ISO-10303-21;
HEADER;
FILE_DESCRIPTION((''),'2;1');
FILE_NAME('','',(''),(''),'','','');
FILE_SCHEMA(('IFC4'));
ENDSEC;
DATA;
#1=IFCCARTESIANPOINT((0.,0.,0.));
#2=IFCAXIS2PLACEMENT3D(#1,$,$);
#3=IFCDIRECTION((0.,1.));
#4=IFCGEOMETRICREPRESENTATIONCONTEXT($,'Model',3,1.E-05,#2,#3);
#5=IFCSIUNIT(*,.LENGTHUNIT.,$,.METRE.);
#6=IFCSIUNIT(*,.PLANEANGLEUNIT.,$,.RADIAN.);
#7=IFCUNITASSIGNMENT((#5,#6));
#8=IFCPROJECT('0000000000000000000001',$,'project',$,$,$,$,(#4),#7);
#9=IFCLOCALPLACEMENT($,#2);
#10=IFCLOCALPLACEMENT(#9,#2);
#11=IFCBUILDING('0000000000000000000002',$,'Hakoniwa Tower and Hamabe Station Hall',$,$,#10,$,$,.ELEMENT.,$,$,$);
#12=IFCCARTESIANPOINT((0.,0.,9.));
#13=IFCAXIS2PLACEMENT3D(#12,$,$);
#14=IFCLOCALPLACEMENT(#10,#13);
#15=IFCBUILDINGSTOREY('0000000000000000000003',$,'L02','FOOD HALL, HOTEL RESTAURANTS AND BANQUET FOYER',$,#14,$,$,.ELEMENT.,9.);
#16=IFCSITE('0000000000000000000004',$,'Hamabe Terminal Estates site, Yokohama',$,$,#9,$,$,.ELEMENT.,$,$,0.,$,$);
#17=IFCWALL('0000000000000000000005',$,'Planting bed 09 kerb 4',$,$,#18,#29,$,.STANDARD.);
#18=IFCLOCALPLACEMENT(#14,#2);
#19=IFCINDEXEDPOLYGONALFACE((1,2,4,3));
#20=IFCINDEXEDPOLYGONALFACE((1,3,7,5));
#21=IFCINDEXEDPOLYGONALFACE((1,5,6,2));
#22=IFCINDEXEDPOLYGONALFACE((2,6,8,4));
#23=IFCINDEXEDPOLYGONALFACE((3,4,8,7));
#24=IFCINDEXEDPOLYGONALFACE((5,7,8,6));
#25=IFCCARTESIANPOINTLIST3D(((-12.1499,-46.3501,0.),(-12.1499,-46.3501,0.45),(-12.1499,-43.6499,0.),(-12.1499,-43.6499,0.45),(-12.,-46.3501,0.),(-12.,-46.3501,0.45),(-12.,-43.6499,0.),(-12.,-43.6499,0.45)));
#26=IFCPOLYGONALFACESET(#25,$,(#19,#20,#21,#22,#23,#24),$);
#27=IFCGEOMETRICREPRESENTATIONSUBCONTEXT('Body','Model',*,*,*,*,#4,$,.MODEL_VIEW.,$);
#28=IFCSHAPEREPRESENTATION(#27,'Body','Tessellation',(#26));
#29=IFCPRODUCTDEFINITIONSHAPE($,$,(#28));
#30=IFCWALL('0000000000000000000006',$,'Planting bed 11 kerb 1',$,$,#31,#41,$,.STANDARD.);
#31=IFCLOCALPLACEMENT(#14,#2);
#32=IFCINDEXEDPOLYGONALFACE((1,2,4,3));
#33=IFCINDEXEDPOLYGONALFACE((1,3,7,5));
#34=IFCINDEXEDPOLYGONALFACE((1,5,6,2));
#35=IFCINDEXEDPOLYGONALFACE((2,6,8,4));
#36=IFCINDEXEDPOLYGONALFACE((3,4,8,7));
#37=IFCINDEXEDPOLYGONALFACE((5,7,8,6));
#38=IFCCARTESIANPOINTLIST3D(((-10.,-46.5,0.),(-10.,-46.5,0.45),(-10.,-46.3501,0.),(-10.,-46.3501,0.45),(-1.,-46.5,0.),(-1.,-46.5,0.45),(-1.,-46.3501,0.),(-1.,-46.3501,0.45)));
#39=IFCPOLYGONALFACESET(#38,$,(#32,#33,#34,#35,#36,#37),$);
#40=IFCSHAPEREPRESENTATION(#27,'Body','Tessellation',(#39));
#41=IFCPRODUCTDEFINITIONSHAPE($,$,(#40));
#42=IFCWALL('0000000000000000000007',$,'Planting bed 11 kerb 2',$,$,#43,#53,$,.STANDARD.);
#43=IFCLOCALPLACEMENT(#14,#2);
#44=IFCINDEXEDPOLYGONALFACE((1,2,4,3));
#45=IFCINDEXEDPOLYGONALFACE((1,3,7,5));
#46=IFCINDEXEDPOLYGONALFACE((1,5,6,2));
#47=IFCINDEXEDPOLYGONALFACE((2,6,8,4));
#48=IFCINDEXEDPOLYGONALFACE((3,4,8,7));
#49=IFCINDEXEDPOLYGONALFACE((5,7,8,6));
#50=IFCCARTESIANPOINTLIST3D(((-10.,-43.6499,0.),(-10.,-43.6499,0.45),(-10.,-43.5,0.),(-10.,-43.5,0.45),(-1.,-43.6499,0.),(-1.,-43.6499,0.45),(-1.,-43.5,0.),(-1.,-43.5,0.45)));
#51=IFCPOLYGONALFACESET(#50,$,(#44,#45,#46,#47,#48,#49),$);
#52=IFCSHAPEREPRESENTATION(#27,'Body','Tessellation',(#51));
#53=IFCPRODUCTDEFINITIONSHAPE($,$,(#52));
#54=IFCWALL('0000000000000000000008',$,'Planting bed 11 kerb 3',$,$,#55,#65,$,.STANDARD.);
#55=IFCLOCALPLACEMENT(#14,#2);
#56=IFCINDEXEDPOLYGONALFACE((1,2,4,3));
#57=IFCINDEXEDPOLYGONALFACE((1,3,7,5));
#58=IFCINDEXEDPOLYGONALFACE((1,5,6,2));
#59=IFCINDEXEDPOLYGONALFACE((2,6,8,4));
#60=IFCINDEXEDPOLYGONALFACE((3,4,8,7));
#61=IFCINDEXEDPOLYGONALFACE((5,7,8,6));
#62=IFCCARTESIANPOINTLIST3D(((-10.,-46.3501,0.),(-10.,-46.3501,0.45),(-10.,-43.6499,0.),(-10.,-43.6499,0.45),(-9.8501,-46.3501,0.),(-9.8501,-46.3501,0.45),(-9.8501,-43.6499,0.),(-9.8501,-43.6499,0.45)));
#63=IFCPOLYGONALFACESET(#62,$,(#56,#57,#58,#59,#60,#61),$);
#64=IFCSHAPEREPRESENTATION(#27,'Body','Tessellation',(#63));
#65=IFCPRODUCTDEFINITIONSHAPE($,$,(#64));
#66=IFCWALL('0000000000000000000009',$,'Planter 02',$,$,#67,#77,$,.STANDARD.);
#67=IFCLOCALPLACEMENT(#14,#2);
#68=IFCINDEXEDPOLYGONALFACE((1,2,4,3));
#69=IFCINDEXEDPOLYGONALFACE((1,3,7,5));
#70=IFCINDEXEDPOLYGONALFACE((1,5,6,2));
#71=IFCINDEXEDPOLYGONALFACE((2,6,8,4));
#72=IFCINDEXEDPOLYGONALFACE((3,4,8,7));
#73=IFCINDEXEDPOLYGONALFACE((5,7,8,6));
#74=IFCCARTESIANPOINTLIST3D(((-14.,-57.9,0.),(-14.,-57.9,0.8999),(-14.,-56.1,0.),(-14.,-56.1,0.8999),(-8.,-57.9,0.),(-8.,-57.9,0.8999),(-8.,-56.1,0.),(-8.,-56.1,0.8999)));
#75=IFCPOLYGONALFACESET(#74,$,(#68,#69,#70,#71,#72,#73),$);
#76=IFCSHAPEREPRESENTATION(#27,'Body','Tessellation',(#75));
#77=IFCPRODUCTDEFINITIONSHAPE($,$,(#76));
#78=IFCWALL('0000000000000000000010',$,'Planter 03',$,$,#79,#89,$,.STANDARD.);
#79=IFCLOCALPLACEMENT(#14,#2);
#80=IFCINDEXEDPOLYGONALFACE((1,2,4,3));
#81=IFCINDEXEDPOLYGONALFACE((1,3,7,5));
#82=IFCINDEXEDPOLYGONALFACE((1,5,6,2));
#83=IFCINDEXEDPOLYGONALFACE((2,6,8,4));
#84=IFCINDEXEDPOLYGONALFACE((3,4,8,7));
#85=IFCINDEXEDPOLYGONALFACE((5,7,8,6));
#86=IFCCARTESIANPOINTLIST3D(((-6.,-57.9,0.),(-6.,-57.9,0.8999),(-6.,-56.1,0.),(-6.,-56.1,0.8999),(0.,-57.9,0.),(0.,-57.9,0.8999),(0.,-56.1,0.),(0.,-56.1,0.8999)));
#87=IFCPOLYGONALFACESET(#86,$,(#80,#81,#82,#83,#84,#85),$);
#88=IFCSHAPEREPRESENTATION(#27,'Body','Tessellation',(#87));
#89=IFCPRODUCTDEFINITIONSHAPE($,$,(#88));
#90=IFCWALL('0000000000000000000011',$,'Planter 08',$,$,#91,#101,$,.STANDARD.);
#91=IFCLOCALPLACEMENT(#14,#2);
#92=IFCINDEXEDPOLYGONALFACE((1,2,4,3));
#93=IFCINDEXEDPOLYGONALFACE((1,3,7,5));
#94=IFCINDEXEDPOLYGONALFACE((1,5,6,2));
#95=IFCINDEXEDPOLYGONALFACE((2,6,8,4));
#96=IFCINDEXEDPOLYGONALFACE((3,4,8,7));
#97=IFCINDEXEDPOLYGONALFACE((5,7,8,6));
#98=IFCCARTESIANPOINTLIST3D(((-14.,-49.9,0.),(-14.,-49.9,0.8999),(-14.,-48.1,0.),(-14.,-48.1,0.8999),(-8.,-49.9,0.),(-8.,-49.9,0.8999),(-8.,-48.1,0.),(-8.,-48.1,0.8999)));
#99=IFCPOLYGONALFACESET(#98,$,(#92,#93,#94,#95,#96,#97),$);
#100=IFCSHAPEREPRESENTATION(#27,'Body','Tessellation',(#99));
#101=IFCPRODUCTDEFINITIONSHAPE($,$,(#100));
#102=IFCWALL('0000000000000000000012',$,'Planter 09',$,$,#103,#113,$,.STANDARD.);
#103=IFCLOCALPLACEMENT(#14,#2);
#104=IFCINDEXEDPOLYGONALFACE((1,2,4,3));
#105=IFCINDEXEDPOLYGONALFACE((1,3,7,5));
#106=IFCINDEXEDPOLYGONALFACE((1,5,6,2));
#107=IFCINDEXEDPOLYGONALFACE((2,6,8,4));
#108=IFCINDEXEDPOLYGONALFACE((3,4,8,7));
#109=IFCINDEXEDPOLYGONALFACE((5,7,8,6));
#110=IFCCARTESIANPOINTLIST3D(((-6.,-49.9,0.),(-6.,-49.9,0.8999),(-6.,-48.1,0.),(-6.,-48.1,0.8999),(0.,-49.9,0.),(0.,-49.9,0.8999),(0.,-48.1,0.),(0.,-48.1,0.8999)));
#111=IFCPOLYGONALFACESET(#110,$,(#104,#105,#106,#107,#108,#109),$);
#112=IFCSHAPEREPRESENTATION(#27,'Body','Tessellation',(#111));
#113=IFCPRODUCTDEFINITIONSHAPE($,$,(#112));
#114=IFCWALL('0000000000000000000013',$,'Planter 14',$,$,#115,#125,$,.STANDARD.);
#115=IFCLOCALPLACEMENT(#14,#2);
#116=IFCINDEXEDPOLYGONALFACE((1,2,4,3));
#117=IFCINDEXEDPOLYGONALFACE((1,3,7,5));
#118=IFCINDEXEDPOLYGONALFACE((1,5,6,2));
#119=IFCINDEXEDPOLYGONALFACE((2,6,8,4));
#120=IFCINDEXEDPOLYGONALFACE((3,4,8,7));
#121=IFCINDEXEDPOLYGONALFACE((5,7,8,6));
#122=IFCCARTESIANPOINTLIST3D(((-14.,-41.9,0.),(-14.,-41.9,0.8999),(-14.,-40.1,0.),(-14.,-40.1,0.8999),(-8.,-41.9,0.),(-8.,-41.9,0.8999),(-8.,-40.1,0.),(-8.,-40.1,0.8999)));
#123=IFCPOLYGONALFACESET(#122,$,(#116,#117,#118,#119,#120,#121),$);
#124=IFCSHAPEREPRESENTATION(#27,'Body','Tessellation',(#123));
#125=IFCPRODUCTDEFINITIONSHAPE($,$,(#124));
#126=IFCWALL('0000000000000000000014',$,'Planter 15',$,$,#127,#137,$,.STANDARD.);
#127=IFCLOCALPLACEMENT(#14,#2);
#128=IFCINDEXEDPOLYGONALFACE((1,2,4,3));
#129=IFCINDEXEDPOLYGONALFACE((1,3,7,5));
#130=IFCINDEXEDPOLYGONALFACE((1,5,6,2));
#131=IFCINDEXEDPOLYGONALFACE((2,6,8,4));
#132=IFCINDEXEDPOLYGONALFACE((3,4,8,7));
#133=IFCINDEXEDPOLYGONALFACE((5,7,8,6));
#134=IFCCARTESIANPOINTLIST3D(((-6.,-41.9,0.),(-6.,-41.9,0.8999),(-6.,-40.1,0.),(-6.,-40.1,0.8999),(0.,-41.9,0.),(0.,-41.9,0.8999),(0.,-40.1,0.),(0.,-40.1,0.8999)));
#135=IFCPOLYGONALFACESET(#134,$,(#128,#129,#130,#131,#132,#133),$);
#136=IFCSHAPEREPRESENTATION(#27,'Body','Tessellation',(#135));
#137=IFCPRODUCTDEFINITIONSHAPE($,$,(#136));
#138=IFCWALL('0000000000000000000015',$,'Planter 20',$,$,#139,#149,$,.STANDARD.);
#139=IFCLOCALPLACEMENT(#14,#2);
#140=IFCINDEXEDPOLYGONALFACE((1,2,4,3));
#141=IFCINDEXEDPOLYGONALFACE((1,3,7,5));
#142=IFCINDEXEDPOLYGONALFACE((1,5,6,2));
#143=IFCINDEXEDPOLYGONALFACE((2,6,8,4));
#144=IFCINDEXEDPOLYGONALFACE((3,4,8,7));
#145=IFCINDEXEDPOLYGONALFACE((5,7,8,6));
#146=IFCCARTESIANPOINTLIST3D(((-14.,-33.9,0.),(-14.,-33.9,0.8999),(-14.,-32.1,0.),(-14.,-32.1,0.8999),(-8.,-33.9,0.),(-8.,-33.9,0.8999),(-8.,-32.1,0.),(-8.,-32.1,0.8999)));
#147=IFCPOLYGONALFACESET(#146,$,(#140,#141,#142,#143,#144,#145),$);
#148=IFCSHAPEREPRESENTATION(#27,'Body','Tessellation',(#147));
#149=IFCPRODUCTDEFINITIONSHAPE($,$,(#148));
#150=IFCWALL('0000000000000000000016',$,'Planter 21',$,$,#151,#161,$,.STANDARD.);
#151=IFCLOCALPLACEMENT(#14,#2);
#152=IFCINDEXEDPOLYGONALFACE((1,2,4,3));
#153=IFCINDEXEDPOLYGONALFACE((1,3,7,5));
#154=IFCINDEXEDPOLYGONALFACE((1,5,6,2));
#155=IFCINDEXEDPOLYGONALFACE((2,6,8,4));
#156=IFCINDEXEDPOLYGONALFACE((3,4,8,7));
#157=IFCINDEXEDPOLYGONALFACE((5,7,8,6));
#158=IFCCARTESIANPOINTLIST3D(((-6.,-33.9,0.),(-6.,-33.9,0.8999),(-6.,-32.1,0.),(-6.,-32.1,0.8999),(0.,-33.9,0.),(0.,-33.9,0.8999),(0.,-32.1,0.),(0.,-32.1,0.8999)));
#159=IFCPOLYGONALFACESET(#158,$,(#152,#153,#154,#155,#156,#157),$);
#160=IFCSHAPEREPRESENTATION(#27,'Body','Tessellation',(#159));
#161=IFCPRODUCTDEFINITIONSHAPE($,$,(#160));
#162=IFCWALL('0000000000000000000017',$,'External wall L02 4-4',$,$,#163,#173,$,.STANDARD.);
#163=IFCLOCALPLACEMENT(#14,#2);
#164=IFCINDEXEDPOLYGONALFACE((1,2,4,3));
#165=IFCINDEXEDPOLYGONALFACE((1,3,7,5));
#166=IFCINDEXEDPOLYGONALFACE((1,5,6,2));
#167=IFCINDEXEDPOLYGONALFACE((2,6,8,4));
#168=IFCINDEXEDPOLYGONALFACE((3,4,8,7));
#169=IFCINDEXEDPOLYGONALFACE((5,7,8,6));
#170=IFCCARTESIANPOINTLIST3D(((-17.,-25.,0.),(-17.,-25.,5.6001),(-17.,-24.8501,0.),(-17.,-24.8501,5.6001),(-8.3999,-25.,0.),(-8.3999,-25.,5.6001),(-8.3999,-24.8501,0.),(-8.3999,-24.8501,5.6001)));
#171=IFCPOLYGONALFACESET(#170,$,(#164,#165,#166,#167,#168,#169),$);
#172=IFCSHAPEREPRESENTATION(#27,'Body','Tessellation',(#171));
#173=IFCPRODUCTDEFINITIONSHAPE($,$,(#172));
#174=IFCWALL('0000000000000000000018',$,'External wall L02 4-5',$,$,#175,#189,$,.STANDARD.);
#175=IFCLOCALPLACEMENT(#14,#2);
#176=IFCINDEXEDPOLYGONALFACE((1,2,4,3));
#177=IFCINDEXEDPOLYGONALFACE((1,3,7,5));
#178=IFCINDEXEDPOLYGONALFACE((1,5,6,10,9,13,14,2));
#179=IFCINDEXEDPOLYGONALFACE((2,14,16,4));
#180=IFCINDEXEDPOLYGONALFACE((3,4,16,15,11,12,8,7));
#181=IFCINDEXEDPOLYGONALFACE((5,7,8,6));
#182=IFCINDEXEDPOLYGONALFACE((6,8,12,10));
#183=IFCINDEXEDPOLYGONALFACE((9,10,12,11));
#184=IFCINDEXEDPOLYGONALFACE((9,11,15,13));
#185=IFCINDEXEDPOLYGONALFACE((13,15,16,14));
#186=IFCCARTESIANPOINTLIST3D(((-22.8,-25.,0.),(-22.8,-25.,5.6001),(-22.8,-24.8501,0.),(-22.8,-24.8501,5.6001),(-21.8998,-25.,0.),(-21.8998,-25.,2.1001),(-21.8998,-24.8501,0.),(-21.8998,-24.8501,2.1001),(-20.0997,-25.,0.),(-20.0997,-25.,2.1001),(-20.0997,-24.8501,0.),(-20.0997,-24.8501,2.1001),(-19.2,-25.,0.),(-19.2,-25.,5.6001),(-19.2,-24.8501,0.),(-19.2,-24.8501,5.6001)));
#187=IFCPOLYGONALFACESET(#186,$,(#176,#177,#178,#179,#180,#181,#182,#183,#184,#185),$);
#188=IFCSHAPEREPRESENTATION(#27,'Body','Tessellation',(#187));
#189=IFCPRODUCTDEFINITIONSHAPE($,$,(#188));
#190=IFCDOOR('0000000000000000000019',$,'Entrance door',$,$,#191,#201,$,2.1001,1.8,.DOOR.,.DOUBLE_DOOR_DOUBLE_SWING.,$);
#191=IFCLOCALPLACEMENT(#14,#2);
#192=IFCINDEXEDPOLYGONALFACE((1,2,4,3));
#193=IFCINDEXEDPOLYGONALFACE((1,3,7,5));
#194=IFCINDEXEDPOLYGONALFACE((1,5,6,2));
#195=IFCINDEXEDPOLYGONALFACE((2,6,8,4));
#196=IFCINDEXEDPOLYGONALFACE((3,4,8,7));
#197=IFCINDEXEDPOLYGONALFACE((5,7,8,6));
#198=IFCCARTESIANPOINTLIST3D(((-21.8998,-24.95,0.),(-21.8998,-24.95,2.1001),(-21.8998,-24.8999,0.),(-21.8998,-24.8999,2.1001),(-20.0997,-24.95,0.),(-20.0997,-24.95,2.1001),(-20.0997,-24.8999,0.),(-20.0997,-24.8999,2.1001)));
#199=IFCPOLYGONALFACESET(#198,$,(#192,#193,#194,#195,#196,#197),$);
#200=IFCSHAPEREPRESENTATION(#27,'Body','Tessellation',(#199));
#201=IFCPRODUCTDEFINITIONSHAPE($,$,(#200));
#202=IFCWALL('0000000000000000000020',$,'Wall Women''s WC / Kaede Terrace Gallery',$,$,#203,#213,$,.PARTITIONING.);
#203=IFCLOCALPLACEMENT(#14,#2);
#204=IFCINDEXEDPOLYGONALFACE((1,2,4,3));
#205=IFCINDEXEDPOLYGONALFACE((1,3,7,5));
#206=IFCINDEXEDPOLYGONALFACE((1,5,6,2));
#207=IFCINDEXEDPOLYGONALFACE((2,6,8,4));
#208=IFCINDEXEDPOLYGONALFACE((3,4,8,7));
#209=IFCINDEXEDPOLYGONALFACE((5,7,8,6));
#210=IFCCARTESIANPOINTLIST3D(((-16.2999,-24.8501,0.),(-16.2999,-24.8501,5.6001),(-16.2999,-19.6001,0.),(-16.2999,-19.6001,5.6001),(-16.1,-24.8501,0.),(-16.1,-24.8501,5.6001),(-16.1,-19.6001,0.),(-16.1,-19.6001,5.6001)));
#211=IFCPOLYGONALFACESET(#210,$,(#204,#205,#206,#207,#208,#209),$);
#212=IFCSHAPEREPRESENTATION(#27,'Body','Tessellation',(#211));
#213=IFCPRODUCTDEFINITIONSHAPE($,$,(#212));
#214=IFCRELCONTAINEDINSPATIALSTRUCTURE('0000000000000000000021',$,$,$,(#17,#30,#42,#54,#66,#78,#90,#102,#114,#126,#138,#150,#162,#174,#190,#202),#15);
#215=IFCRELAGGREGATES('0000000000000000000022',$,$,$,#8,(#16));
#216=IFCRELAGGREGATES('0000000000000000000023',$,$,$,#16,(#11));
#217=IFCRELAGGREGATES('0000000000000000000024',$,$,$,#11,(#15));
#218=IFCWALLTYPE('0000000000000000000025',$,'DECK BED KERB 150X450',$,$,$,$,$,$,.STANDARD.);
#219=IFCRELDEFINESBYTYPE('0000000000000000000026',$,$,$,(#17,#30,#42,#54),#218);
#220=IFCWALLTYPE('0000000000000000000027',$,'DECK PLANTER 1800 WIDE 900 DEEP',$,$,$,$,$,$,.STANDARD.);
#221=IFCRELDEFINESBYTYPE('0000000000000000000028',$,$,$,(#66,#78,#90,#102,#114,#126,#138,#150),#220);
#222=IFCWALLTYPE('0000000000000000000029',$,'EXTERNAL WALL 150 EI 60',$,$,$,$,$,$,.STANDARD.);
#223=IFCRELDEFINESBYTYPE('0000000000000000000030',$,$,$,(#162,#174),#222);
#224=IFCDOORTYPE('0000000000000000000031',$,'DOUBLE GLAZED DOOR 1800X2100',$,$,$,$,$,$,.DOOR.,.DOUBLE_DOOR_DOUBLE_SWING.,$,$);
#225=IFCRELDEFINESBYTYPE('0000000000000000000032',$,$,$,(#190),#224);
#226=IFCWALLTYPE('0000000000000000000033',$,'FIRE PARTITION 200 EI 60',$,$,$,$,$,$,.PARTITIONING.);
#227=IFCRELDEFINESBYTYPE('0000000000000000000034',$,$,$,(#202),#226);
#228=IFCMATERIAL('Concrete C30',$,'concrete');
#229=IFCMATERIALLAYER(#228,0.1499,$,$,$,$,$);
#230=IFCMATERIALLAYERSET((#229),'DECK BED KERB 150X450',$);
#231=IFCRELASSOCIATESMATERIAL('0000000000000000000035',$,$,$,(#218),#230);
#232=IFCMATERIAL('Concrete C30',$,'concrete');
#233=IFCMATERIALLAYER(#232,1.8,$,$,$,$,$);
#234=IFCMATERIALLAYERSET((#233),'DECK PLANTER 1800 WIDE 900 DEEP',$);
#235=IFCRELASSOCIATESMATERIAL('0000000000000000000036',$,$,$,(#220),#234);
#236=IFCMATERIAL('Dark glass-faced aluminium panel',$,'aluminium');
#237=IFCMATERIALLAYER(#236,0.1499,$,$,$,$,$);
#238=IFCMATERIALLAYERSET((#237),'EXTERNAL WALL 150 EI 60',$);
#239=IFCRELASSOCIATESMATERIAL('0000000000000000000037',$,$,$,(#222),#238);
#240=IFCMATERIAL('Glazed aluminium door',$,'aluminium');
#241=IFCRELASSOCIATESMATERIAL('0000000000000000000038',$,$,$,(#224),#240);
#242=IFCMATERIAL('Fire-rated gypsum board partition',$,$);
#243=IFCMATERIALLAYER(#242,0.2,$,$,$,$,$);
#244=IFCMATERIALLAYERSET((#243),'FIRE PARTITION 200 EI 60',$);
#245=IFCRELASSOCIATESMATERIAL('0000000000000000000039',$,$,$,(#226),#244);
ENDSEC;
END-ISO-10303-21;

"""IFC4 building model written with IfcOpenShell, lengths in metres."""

from ifc_helpers import new_model, si_unit, direction, frame, frame_2d, origin, place, context, subcontext, project, spatial, rectangle, extrude, material, layer, layer_set, type_object, element, fill, save


model = new_model("IFC4")

# Units and contexts
model_context = context("Model", 3, precision=1e-05, world=origin(), true_north=direction((0.0, 1.0)))
body_context = subcontext(model_context, "Body", "Model", "MODEL_VIEW")
ifc_project = project(units=[si_unit("LENGTHUNIT", "METRE"), si_unit("PLANEANGLEUNIT", "RADIAN")], contexts=[model_context])

# Site, building, storey
site_placement = place(None, origin())
site = spatial("IfcSite", under=ifc_project, at=site_placement, Name="Hamabe Terminal Estates site, Yokohama", CompositionType="ELEMENT", RefElevation=0.0)
building_placement = place(site_placement, origin())
building = spatial("IfcBuilding", under=site, at=building_placement, Name="Hakoniwa Tower and Hamabe Station Hall", CompositionType="ELEMENT")
storey_placement = place(building_placement, frame((0.0, 0.0, 9.0)))
storey = spatial("IfcBuildingStorey", under=building, at=storey_placement, Name="L02", Description="FOOD HALL, HOTEL RESTAURANTS AND BANQUET FOYER", CompositionType="ELEMENT", Elevation=9.0)

# Walls
ifc_material_1 = material(Name="Concrete C30", Category="concrete")
ifc_layer_1 = layer(ifc_material_1, 0.1499)
ifc_layer_set_1 = layer_set([ifc_layer_1], Name="DECK BED KERB 150X450")
wall_type_1 = type_object("IfcWallType", Name="DECK BED KERB 150X450", PredefinedType="STANDARD", material=ifc_layer_set_1)
for number, where, z_axis, x_axis, name in (
    (1, (-12.075, -46.3501, 0.0), (0.0, 0.0, 1.0), (0.0, 1.0, 0.0), "Planting bed 09 kerb 4"),
):
    element("IfcWall", number, at=place(storey_placement, frame(where, z_axis=z_axis, x_axis=x_axis)), inside=storey, type_object=wall_type_1, Name=name, PredefinedType="STANDARD", context=body_context, shape_type="SweptSolid", body=[
        extrude(rectangle(XDim=2.7002, YDim=0.1499, at=frame_2d((1.3501, 0.0))), origin(), (0.0, 0.0, 1.0), 0.45),
    ])
for number, where, z_axis, x_axis, name in (
    (2, (-10.0, -46.425, 0.0), (0.0, 0.0, 1.0), (1.0, 0.0, 0.0), "Planting bed 11 kerb 1"),
    (3, (-10.0, -43.575, 0.0), (0.0, 0.0, 1.0), (1.0, 0.0, 0.0), "Planting bed 11 kerb 2"),
):
    element("IfcWall", number, at=place(storey_placement, frame(where, z_axis=z_axis, x_axis=x_axis)), inside=storey, type_object=wall_type_1, Name=name, PredefinedType="STANDARD", context=body_context, shape_type="SweptSolid", body=[
        extrude(rectangle(XDim=9.0, YDim=0.1499, at=frame_2d((4.5, 0.0))), origin(), (0.0, 0.0, 1.0), 0.45),
    ])
wall_1_placement = place(storey_placement, frame((-9.925, -46.3501, 0.0), z_axis=(0.0, 0.0, 1.0), x_axis=(0.0, 1.0, 0.0)))
element("IfcWall", 4, at=wall_1_placement, inside=storey, type_object=wall_type_1, Name="Planting bed 11 kerb 3", PredefinedType="STANDARD", context=body_context, shape_type="SweptSolid", body=[
    extrude(rectangle(XDim=2.7002, YDim=0.1499, at=frame_2d((1.3501, 0.0))), origin(), (0.0, 0.0, 1.0), 0.45),
])
ifc_material_2 = material(Name="Concrete C30", Category="concrete")
ifc_layer_2 = layer(ifc_material_2, 1.8)
ifc_layer_set_2 = layer_set([ifc_layer_2], Name="DECK PLANTER 1800 WIDE 900 DEEP")
wall_type_2 = type_object("IfcWallType", Name="DECK PLANTER 1800 WIDE 900 DEEP", PredefinedType="STANDARD", material=ifc_layer_set_2)
for number, where, z_axis, x_axis, name in (
    (5, (-14.0, -57.0, 0.0), (0.0, 0.0, 1.0), (1.0, 0.0, 0.0), "Planter 02"),
    (6, (-6.0, -57.0, 0.0), (0.0, 0.0, 1.0), (1.0, 0.0, 0.0), "Planter 03"),
    (7, (-14.0, -49.0, 0.0), (0.0, 0.0, 1.0), (1.0, 0.0, 0.0), "Planter 08"),
    (8, (-6.0, -49.0, 0.0), (0.0, 0.0, 1.0), (1.0, 0.0, 0.0), "Planter 09"),
    (9, (-14.0, -41.0, 0.0), (0.0, 0.0, 1.0), (1.0, 0.0, 0.0), "Planter 14"),
    (10, (-6.0, -41.0, 0.0), (0.0, 0.0, 1.0), (1.0, 0.0, 0.0), "Planter 15"),
    (11, (-14.0, -33.0, 0.0), (0.0, 0.0, 1.0), (1.0, 0.0, 0.0), "Planter 20"),
    (12, (-6.0, -33.0, 0.0), (0.0, 0.0, 1.0), (1.0, 0.0, 0.0), "Planter 21"),
):
    element("IfcWall", number, at=place(storey_placement, frame(where, z_axis=z_axis, x_axis=x_axis)), inside=storey, type_object=wall_type_2, Name=name, PredefinedType="STANDARD", context=body_context, shape_type="SweptSolid", body=[
        extrude(rectangle(XDim=6.0, YDim=1.8, at=frame_2d((3.0, 0.0))), origin(), (0.0, 0.0, 1.0), 0.8999),
    ])
ifc_material_3 = material(Name="Dark glass-faced aluminium panel", Category="aluminium")
ifc_layer_3 = layer(ifc_material_3, 0.1499)
ifc_layer_set_3 = layer_set([ifc_layer_3], Name="EXTERNAL WALL 150 EI 60")
wall_type_3 = type_object("IfcWallType", Name="EXTERNAL WALL 150 EI 60", PredefinedType="STANDARD", material=ifc_layer_set_3)
wall_2_placement = place(storey_placement, frame((-8.3999, -24.925, 0.0), z_axis=(0.0, 0.0, 1.0), x_axis=(-1.0, 0.0, 0.0)))
element("IfcWall", 13, at=wall_2_placement, inside=storey, type_object=wall_type_3, Name="External wall L02 4-4", PredefinedType="STANDARD", context=body_context, shape_type="SweptSolid", body=[
    extrude(rectangle(XDim=8.6001, YDim=0.1499, at=frame_2d((4.3, 0.0))), origin(), (0.0, 0.0, 1.0), 5.6001),
])

# Wall, opening, door
wall_3_placement = place(storey_placement, frame((-19.2, -24.925, 0.0), z_axis=(0.0, 0.0, 1.0), x_axis=(-1.0, 0.0, 0.0)))
wall_3 = element("IfcWall", 14, at=wall_3_placement, inside=storey, type_object=wall_type_3, Name="External wall L02 4-5", PredefinedType="STANDARD", context=body_context, shape_type="SweptSolid", body=[
    extrude(rectangle(XDim=3.6001, YDim=0.1499, at=frame_2d((1.8, 0.0))), origin(), (0.0, 0.0, 1.0), 5.6001),
])
opening_placement = place(wall_3_placement, frame((0.8999, 0.0, 0.0)))
opening = element("IfcOpeningElement", 15, at=opening_placement, cuts=wall_3, PredefinedType="OPENING", context=body_context, shape_type="SweptSolid", body=[
    extrude(rectangle(XDim=1.8, YDim=2.1001, at=frame_2d((0.8999, 1.05))), frame((0.0, 0.085, 0.0), z_axis=(0.0, -1.0, 0.0), x_axis=(1.0, 0.0, 0.0)), (0.0, 0.0, 1.0), 0.1699),
])
ifc_material_4 = material(Name="Glazed aluminium door", Category="aluminium")
door_type = type_object("IfcDoorType", Name="DOUBLE GLAZED DOOR 1800X2100", OperationType="DOUBLE_DOOR_DOUBLE_SWING", PredefinedType="DOOR", material=ifc_material_4)
door_placement = place(opening_placement, origin())
door = element("IfcDoor", 16, at=door_placement, inside=storey, type_object=door_type, Name="Entrance door", OperationType="DOUBLE_DOOR_DOUBLE_SWING", OverallHeight=2.1001, OverallWidth=1.8, PredefinedType="DOOR", context=body_context, shape_type="SweptSolid", body=[
    extrude(rectangle(XDim=1.8, YDim=2.1001, at=frame_2d((0.8999, 1.05))), frame((0.0, 0.0249, 0.0), z_axis=(0.0, -1.0, 0.0), x_axis=(1.0, 0.0, 0.0)), (0.0, 0.0, 1.0), 0.05),
])
fill(opening, door)

# Wall
ifc_material_5 = material(Name="Fire-rated gypsum board partition")
ifc_layer_4 = layer(ifc_material_5, 0.2)
ifc_layer_set_4 = layer_set([ifc_layer_4], Name="FIRE PARTITION 200 EI 60")
wall_type_4 = type_object("IfcWallType", Name="FIRE PARTITION 200 EI 60", PredefinedType="PARTITIONING", material=ifc_layer_set_4)
wall_4_placement = place(storey_placement, frame((-16.2, -24.8501, 0.0), z_axis=(0.0, 0.0, 1.0), x_axis=(0.0, 1.0, 0.0)))
element("IfcWall", 17, at=wall_4_placement, inside=storey, type_object=wall_type_4, Name="Wall Women's WC / Kaede Terrace Gallery", PredefinedType="PARTITIONING", context=body_context, shape_type="SweptSolid", body=[
    extrude(rectangle(XDim=5.25, YDim=0.2, at=frame_2d((2.625, 0.0))), origin(), (0.0, 0.0, 1.0), 5.6001),
])

save(model, "model.ifc")
